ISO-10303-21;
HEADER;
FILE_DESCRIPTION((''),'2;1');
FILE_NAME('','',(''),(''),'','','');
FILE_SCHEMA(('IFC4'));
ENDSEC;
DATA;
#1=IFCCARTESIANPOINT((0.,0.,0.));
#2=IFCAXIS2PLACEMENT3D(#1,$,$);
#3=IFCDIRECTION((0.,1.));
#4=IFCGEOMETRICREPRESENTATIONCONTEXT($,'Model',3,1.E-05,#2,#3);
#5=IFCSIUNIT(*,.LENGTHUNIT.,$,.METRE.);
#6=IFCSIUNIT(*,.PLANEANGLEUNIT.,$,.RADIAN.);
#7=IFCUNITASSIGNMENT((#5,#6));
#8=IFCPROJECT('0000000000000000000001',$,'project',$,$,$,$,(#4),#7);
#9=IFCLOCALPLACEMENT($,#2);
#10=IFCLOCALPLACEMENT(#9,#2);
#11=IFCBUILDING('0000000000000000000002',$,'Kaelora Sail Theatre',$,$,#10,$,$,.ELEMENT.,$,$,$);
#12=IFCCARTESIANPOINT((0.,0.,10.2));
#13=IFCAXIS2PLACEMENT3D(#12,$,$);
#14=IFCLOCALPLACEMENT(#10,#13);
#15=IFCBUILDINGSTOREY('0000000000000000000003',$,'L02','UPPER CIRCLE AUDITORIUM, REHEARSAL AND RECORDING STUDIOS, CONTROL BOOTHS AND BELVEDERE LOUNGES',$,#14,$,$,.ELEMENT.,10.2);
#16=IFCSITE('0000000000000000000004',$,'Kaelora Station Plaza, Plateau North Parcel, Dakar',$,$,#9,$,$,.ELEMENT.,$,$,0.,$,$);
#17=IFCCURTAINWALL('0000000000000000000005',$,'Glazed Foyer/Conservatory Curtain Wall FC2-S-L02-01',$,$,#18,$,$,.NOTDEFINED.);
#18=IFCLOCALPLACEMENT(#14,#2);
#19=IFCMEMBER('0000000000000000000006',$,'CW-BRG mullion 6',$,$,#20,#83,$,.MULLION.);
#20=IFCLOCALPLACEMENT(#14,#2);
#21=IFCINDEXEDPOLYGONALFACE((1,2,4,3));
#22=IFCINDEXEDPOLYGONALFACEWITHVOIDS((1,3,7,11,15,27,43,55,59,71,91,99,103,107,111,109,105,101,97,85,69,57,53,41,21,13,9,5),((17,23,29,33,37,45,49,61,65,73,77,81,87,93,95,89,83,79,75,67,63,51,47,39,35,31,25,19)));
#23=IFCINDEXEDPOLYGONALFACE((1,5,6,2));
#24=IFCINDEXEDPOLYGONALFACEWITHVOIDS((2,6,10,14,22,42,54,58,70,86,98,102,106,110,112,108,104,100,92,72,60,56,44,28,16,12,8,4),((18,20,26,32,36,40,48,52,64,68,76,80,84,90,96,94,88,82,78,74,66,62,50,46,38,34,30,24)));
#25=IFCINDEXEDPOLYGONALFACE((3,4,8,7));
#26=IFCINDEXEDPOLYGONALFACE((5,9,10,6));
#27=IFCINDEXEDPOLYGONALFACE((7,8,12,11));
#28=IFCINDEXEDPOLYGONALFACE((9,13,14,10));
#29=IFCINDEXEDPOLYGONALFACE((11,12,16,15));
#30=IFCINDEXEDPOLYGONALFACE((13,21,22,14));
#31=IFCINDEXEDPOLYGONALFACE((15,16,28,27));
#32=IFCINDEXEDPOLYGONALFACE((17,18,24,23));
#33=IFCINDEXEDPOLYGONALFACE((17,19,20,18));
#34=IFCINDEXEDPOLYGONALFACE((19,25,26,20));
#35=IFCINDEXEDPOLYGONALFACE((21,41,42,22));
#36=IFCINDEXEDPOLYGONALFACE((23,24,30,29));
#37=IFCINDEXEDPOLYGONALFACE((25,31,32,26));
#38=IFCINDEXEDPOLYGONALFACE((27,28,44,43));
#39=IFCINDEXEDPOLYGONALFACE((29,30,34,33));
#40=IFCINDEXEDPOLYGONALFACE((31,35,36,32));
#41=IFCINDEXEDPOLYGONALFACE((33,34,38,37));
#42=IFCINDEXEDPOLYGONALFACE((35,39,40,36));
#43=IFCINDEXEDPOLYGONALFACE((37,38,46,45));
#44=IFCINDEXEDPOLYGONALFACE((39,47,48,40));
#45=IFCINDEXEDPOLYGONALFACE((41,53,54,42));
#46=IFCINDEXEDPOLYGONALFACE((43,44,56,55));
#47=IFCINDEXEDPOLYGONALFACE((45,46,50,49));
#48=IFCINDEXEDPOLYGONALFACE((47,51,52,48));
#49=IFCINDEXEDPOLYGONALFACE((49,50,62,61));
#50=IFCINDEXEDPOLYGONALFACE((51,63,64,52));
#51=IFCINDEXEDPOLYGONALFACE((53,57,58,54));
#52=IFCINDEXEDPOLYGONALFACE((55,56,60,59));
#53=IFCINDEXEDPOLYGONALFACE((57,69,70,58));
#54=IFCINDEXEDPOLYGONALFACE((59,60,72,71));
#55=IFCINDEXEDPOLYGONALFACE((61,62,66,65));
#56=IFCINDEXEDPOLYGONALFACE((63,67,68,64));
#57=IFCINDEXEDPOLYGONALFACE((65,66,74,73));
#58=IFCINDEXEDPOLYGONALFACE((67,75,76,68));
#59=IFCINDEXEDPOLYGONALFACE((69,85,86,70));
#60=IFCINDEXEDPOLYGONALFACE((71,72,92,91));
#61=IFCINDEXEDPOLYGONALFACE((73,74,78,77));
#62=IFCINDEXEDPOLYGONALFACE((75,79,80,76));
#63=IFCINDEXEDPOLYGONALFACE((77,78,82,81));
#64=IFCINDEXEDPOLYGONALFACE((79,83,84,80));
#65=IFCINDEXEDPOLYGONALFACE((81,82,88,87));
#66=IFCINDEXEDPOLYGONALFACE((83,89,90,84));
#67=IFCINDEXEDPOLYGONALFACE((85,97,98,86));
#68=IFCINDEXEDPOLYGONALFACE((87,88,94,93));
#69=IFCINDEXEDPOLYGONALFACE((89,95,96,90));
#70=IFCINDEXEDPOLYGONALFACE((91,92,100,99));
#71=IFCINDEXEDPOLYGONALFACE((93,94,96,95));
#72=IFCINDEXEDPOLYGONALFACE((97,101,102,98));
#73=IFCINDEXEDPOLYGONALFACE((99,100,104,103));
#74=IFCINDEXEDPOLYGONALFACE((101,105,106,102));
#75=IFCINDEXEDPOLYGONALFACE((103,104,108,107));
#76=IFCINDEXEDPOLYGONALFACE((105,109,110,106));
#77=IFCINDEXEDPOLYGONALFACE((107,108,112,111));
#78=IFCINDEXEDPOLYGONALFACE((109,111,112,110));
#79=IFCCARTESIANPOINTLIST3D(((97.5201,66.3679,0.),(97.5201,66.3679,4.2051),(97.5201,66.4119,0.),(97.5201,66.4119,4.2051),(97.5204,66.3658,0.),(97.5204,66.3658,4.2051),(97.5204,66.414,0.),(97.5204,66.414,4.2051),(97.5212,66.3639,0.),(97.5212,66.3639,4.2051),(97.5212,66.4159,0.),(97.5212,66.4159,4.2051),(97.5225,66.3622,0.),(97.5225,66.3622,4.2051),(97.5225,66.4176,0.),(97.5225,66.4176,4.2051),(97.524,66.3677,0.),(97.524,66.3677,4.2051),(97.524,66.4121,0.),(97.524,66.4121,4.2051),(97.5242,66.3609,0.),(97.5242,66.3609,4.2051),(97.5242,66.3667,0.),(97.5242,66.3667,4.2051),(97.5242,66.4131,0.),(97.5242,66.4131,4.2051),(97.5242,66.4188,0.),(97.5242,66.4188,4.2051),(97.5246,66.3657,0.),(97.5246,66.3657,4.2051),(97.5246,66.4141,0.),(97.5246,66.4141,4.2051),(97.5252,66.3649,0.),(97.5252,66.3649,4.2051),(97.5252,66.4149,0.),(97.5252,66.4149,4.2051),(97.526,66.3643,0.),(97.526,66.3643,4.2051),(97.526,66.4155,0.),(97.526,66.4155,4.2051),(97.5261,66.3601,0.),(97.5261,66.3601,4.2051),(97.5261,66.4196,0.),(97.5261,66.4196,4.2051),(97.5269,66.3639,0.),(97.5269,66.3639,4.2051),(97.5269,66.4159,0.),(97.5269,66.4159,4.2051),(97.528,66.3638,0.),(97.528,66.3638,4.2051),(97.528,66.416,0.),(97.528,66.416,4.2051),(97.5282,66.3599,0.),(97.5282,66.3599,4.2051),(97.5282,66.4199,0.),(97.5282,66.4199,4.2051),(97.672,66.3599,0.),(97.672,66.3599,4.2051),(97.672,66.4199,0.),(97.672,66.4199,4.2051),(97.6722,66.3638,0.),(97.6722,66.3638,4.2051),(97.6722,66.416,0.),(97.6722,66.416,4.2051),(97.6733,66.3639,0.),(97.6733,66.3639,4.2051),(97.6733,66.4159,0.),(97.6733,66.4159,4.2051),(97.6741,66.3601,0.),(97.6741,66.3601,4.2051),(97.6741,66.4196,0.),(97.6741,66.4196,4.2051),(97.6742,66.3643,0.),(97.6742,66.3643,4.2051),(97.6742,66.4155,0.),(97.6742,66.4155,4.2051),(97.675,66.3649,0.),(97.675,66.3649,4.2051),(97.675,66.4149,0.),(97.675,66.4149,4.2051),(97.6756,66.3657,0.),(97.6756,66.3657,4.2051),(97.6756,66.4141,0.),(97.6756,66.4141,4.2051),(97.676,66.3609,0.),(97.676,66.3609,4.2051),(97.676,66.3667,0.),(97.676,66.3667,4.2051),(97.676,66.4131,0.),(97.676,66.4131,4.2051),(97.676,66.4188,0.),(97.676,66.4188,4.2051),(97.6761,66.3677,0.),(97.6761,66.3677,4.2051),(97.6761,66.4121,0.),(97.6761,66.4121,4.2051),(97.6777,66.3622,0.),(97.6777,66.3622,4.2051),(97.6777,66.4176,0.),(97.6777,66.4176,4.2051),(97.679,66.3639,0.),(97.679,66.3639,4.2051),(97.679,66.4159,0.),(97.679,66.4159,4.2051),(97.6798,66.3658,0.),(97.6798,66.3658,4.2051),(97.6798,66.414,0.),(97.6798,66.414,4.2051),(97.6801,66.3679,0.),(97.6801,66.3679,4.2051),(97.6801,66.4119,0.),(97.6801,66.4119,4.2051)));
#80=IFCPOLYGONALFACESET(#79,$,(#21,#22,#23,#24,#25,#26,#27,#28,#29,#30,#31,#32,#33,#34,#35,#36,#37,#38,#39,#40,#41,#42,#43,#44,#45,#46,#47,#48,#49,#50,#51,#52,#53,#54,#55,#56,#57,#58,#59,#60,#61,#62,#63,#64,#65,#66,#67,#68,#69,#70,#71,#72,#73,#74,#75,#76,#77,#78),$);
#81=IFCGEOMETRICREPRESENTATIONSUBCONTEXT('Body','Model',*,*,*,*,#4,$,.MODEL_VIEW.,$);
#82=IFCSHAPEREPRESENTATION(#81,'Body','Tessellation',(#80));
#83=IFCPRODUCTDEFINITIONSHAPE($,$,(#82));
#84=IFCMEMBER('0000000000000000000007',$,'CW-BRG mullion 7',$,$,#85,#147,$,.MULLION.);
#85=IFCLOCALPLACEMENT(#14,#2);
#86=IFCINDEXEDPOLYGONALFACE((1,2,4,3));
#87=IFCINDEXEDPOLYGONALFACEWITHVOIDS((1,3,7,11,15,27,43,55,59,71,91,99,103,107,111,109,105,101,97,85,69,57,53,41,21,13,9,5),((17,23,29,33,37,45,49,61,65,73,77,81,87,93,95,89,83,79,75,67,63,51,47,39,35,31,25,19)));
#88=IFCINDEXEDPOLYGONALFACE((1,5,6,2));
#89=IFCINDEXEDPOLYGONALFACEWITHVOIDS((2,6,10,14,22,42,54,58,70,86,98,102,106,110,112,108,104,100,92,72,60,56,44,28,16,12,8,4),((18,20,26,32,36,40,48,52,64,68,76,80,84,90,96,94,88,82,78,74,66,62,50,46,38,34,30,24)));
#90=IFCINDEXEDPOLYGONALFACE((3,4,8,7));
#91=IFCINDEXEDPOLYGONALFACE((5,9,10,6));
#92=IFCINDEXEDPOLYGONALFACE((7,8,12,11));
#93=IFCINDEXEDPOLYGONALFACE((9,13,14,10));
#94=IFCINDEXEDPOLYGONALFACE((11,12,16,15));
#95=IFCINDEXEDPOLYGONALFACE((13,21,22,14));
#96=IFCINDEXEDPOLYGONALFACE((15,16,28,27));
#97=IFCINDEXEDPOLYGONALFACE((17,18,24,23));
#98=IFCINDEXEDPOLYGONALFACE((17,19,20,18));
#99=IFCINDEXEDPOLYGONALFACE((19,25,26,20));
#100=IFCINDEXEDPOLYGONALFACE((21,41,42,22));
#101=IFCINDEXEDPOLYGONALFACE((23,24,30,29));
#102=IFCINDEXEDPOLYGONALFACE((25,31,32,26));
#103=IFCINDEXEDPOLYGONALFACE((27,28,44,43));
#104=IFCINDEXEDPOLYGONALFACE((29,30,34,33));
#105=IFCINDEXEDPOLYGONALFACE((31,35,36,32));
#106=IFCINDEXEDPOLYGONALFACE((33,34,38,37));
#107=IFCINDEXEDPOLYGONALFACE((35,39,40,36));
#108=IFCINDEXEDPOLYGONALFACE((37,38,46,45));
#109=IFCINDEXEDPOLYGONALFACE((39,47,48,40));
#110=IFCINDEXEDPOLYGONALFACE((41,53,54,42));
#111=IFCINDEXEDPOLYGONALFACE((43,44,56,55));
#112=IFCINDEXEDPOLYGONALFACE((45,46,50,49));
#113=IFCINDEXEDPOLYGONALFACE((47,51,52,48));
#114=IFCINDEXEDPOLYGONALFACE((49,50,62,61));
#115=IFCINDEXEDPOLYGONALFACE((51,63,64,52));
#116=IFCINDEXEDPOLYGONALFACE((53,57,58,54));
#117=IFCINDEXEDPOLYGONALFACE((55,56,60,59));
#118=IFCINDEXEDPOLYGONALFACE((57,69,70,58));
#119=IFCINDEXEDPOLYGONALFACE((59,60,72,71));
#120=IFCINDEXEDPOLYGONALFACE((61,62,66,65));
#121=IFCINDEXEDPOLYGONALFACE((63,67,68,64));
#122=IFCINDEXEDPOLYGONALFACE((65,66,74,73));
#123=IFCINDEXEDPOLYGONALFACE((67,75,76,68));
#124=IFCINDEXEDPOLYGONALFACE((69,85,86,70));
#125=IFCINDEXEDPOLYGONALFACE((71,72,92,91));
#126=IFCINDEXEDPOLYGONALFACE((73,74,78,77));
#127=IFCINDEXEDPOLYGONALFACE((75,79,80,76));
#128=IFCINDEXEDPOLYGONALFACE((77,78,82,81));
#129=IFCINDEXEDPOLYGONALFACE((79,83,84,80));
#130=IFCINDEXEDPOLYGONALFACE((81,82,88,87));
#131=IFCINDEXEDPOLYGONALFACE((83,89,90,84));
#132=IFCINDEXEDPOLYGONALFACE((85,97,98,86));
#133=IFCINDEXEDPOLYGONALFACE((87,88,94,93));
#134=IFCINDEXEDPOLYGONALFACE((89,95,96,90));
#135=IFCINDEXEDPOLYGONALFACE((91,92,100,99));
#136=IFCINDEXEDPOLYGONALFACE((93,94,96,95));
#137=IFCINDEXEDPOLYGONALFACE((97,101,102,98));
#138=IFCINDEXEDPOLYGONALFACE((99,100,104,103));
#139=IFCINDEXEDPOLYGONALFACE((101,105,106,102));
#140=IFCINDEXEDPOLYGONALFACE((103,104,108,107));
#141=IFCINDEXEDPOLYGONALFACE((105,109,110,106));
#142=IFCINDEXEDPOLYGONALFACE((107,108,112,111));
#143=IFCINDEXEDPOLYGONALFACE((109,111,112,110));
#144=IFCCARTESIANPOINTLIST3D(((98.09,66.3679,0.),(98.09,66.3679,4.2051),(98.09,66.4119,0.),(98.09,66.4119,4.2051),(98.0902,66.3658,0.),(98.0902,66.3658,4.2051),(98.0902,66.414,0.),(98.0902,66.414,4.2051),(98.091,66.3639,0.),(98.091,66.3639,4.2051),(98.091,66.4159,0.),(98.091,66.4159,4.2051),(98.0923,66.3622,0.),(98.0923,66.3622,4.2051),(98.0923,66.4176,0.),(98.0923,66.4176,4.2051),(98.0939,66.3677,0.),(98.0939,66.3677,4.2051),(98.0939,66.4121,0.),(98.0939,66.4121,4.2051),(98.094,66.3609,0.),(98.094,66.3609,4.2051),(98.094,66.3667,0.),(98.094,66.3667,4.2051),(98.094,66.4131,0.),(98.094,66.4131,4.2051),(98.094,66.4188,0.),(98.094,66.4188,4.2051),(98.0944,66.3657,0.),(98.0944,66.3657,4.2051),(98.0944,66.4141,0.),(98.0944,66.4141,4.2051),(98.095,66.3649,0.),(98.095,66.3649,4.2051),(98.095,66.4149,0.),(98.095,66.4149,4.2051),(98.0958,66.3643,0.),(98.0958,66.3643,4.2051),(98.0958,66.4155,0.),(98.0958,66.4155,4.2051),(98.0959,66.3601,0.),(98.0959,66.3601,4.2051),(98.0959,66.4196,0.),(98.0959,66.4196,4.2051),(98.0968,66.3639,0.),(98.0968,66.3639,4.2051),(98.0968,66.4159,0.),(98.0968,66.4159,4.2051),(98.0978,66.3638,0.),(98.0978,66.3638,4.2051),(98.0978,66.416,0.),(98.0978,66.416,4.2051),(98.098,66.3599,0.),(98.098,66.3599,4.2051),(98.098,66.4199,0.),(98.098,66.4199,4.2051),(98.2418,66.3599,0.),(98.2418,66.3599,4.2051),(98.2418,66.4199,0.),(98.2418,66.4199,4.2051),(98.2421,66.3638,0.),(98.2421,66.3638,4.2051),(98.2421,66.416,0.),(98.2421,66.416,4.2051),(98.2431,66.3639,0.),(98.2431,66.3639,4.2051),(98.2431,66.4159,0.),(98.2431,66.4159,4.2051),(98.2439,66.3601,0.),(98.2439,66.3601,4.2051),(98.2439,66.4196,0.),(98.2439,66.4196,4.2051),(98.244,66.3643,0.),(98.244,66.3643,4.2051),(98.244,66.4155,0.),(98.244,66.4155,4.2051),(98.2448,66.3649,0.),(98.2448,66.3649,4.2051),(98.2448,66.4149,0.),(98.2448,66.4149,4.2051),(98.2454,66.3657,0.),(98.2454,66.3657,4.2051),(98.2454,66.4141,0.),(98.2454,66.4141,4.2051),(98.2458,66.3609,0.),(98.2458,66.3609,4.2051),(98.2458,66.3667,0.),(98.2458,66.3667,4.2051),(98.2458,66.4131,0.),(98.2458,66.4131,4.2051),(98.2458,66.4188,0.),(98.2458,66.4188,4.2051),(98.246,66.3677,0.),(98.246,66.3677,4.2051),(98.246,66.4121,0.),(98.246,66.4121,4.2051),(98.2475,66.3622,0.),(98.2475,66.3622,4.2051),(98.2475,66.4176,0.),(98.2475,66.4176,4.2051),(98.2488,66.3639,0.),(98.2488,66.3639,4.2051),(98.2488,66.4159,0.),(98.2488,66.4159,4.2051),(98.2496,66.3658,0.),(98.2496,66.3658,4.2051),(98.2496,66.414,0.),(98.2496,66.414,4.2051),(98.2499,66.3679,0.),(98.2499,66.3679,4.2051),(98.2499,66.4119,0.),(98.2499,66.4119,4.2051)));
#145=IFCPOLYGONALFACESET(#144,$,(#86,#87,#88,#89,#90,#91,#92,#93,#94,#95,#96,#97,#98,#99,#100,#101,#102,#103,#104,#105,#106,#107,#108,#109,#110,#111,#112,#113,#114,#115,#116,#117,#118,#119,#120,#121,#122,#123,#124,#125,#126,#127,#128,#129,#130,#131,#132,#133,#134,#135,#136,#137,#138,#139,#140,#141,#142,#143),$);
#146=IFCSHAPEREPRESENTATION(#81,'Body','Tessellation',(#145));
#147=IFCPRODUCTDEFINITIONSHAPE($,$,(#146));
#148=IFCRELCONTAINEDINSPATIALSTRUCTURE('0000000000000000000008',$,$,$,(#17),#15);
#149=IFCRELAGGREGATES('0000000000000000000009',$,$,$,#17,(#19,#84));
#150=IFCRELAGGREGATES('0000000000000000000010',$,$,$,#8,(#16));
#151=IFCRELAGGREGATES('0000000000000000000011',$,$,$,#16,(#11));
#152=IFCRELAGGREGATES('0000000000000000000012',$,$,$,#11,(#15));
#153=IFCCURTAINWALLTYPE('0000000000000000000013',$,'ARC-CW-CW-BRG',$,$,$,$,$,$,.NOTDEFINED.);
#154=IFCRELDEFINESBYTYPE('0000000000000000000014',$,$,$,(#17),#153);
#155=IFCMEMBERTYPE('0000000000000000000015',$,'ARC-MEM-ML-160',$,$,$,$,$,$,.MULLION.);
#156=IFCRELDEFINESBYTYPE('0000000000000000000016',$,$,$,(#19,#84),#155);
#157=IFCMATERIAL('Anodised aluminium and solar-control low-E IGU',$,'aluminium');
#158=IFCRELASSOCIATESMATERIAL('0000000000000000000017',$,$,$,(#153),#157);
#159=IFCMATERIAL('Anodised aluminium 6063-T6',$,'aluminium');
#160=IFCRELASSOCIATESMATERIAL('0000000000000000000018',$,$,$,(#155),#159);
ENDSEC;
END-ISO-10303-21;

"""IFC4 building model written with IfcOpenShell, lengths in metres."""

from ifc_helpers import new_model, si_unit, direction, frame, origin, origin_2d, place, context, subcontext, project, spatial, hollow_rectangle, extrude, material, material_profile, profile_set, type_object, element, aggregate, save


model = new_model("IFC4")

# Units and contexts
model_context = context("Model", 3, precision=1e-05, world=origin(), true_north=direction((0.0, 1.0)))
body_context = subcontext(model_context, "Body", "Model", "MODEL_VIEW")
ifc_project = project(units=[si_unit("LENGTHUNIT", "METRE"), si_unit("PLANEANGLEUNIT", "RADIAN")], contexts=[model_context])

# Site, building, storey
site_placement = place(None, origin())
site = spatial("IfcSite", under=ifc_project, at=site_placement, Name="Kaelora Station Plaza, Plateau North Parcel, Dakar", CompositionType="ELEMENT", RefElevation=0.0)
building_placement = place(site_placement, origin())
building = spatial("IfcBuilding", under=site, at=building_placement, Name="Kaelora Sail Theatre", CompositionType="ELEMENT")
storey_placement = place(building_placement, frame((0.0, 0.0, 10.2)))
storey = spatial("IfcBuildingStorey", under=building, at=storey_placement, Name="L02", Description="UPPER CIRCLE AUDITORIUM, REHEARSAL AND RECORDING STUDIOS, CONTROL BOOTHS AND BELVEDERE LOUNGES", CompositionType="ELEMENT", Elevation=10.2)

# Curtain wall, members
ifc_material_1 = material(Name="Anodised aluminium and solar-control low-E IGU", Category="aluminium")
curtain_wall_type = type_object("IfcCurtainWallType", Name="ARC-CW-CW-BRG", PredefinedType="NOTDEFINED", material=ifc_material_1)
curtain_wall_1_placement = place(storey_placement, origin())
curtain_wall_1 = element("IfcCurtainWall", 1, at=curtain_wall_1_placement, inside=storey, type_object=curtain_wall_type, Name="Glazed Foyer/Conservatory Curtain Wall FC2-S-L02-01", PredefinedType="NOTDEFINED")
ifc_material_2 = material(Name="Anodised aluminium 6063-T6", Category="aluminium")
ifc_material_profile_1 = material_profile(ifc_material_2, hollow_rectangle(XDim=0.0601, YDim=0.1599, WallThickness=0.0039, InnerFilletRadius=0.0039, OuterFilletRadius=0.0081, at=origin_2d()), Name="ALU-MULL 60x160x4")
ifc_profile_set_1 = profile_set([ifc_material_profile_1], Name="Anodised aluminium 6063-T6")
member_type_1 = type_object("IfcMemberType", Name="ARC-MEM-ML-160", PredefinedType="MULLION", material=ifc_profile_set_1)
member_1_placement = place(storey_placement, frame((97.6001, 66.3899, 0.0), z_axis=(0.0, 0.0, 1.0), x_axis=(0.0, 1.0, 0.0)))
member_1 = element("IfcMember", 2, at=member_1_placement, type_object=member_type_1, Name="CW-BRG mullion 6", PredefinedType="MULLION", context=body_context, shape_type="SweptSolid", body=[
    extrude(hollow_rectangle(XDim=0.0601, YDim=0.1599, WallThickness=0.0039, InnerFilletRadius=0.0039, OuterFilletRadius=0.0081, at=origin_2d()), origin(), (0.0, 0.0, 1.0), 4.2051),
])
member_2_placement = place(storey_placement, frame((98.1699, 66.3899, 0.0), z_axis=(0.0, 0.0, 1.0), x_axis=(0.0, 1.0, 0.0)))
member_2 = element("IfcMember", 3, at=member_2_placement, type_object=member_type_1, Name="CW-BRG mullion 7", PredefinedType="MULLION", context=body_context, shape_type="SweptSolid", body=[
    extrude(hollow_rectangle(XDim=0.0601, YDim=0.1599, WallThickness=0.0039, InnerFilletRadius=0.0039, OuterFilletRadius=0.0081, at=origin_2d()), origin(), (0.0, 0.0, 1.0), 4.2051),
])

aggregate(curtain_wall_1, [member_1, member_2])

save(model, "model.ifc")
